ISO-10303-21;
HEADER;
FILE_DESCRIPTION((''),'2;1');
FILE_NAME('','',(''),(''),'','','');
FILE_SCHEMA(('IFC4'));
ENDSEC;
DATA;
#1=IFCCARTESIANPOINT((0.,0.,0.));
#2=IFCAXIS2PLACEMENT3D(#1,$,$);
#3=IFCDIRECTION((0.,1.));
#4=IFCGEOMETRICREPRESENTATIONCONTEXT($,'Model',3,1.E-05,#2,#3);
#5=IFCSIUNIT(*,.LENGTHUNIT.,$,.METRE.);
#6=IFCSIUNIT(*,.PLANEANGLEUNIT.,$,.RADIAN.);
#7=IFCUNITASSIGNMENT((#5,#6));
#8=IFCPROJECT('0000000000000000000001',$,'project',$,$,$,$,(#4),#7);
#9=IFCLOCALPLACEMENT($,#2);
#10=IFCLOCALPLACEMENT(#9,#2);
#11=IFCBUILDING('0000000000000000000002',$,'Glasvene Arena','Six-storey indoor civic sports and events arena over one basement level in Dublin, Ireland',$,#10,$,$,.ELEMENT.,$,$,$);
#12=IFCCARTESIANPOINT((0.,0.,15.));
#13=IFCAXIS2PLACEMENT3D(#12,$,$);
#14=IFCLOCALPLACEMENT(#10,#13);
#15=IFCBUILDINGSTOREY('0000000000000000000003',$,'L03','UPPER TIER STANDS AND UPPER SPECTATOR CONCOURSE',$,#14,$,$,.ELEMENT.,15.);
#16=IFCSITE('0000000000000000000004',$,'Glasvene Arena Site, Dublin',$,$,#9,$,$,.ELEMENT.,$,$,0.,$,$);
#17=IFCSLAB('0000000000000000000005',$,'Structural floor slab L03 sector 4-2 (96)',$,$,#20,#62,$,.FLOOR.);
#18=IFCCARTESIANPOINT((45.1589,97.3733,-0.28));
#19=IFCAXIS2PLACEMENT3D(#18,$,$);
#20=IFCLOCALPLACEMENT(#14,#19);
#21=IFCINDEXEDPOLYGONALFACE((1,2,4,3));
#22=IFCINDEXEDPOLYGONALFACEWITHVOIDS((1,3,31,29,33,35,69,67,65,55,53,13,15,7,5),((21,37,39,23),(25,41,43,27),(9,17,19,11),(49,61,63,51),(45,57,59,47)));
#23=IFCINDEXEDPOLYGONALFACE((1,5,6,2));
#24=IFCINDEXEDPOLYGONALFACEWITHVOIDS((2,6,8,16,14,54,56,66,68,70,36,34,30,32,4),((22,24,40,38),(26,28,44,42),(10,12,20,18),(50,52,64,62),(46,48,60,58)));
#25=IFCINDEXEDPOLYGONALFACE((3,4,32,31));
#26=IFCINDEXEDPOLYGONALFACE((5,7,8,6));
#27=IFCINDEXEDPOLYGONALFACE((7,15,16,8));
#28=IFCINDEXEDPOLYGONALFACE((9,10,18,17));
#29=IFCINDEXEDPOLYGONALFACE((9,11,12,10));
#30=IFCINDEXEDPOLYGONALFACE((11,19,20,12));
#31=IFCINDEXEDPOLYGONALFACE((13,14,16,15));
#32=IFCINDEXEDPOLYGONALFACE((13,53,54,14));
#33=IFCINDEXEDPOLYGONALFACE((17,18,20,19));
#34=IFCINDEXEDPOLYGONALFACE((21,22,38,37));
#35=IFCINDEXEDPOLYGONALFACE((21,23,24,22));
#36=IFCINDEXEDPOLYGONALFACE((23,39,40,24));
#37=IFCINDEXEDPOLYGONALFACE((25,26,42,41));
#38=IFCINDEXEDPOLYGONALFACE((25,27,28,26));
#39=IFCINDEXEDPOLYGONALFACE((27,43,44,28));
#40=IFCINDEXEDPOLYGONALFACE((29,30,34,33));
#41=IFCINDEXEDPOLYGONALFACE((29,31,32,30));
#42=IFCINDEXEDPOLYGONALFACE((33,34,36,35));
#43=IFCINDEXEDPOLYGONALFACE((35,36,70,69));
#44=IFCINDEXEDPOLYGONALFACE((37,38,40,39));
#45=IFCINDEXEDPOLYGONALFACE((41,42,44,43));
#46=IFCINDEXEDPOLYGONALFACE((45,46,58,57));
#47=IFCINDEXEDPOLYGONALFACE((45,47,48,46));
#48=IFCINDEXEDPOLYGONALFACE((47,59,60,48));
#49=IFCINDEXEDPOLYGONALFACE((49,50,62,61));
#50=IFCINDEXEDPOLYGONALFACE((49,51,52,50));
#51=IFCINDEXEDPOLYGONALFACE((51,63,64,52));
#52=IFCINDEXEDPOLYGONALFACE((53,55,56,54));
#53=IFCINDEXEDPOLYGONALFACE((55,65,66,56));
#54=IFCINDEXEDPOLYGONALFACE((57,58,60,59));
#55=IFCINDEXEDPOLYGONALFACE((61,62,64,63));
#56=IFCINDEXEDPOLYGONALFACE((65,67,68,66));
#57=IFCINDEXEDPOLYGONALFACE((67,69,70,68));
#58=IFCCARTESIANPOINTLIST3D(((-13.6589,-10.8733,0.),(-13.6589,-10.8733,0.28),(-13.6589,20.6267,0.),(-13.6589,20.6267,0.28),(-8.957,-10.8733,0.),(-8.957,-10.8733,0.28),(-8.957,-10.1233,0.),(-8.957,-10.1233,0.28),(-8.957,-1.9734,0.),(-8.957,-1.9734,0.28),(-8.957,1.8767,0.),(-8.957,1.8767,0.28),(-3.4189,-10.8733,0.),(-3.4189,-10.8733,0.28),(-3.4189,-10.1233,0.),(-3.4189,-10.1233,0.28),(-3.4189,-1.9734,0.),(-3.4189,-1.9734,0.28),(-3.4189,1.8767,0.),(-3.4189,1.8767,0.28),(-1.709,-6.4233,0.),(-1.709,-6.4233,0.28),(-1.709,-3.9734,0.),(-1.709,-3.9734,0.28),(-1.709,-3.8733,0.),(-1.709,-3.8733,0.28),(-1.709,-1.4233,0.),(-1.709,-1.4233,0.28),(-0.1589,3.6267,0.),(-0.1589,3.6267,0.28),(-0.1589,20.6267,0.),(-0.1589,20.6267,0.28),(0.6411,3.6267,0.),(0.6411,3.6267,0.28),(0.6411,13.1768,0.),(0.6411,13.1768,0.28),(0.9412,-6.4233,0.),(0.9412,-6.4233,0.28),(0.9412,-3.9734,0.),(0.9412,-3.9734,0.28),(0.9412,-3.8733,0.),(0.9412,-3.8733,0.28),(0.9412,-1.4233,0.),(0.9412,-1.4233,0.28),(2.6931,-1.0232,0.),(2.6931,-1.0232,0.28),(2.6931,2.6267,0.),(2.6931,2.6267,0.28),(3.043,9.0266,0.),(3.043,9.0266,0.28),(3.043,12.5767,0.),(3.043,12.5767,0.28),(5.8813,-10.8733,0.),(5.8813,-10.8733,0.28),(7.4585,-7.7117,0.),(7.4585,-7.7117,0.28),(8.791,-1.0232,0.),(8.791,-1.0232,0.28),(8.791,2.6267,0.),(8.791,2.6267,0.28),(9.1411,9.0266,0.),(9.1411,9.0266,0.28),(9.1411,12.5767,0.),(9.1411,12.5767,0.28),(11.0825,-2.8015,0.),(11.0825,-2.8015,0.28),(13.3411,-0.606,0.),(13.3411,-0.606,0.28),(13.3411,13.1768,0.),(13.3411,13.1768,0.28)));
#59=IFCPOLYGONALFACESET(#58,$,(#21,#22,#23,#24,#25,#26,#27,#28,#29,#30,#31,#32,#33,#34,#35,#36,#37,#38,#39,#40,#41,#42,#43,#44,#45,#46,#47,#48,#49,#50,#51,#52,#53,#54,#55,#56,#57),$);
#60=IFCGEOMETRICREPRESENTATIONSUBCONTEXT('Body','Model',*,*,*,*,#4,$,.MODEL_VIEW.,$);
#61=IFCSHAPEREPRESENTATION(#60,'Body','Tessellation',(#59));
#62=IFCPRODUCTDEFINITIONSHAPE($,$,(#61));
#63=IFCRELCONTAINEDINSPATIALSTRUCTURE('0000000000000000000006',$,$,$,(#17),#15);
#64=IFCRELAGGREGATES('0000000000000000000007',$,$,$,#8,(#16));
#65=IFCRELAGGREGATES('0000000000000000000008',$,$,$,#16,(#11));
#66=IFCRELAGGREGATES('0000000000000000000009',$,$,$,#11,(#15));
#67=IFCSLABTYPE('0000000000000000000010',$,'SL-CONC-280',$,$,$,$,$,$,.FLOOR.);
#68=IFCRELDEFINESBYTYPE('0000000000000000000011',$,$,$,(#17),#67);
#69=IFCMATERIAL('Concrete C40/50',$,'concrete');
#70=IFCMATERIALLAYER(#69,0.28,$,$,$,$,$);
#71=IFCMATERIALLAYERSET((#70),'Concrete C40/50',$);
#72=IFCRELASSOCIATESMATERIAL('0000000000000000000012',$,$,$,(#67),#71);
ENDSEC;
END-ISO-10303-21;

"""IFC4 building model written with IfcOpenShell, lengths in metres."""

from ifc_helpers import new_model, si_unit, direction, frame, origin, place, context, subcontext, project, spatial, polyline, outline, extrude, material, layer, layer_set, type_object, element, save


model = new_model("IFC4")

# Units and contexts
model_context = context("Model", 3, precision=1e-05, world=origin(), true_north=direction((0.0, 1.0)))
body_context = subcontext(model_context, "Body", "Model", "MODEL_VIEW")
ifc_project = project(units=[si_unit("LENGTHUNIT", "METRE"), si_unit("PLANEANGLEUNIT", "RADIAN")], contexts=[model_context])

# Site, building, storey
site_placement = place(None, origin())
site = spatial("IfcSite", under=ifc_project, at=site_placement, Name="Glasvene Arena Site, Dublin", CompositionType="ELEMENT", RefElevation=0.0)
building_placement = place(site_placement, origin())
building = spatial("IfcBuilding", under=site, at=building_placement, Name="Glasvene Arena", Description="Six-storey indoor civic sports and events arena over one basement level in Dublin, Ireland", CompositionType="ELEMENT")
storey_placement = place(building_placement, frame((0.0, 0.0, 15.0)))
storey = spatial("IfcBuildingStorey", under=building, at=storey_placement, Name="L03", Description="UPPER TIER STANDS AND UPPER SPECTATOR CONCOURSE", CompositionType="ELEMENT", Elevation=15.0)

# Slab
ifc_material_1 = material(Name="Concrete C40/50", Category="concrete")
ifc_layer_1 = layer(ifc_material_1, 0.28)
ifc_layer_set_1 = layer_set([ifc_layer_1], Name="Concrete C40/50")
slab_type = type_object("IfcSlabType", Name="SL-CONC-280", PredefinedType="FLOOR", material=ifc_layer_set_1)
slab_placement = place(storey_placement, frame((45.1589, 97.3733, -0.28)))
element("IfcSlab", 1, at=slab_placement, inside=storey, type_object=slab_type, Name="Structural floor slab L03 sector 4-2 (96)", PredefinedType="FLOOR", context=body_context, shape_type="SweptSolid", body=[
    extrude(outline(polyline([(-0.1589, 3.6267), (0.6411, 3.6267), (0.6411, 13.1768), (13.3411, 13.1768), (13.3411, -0.606), (11.0825, -2.8015), (7.4585, -7.7117), (5.8813, -10.8733), (-3.4189, -10.8733), (-3.4189, -10.1233), (-8.957, -10.1233), (-8.957, -10.8733), (-13.6589, -10.8733), (-13.6589, 20.6267), (-0.1589, 20.6267), (-0.1589, 3.6267)]), holes=[polyline([(0.9412, -6.4233), (0.9412, -3.9734), (-1.709, -3.9734), (-1.709, -6.4233), (0.9412, -6.4233)]), polyline([(0.9412, -3.8733), (0.9412, -1.4233), (-1.709, -1.4233), (-1.709, -3.8733), (0.9412, -3.8733)]), polyline([(-3.4189, -1.9734), (-3.4189, 1.8767), (-8.957, 1.8767), (-8.957, -1.9734), (-3.4189, -1.9734)]), polyline([(8.791, -1.0232), (8.791, 2.6267), (2.6931, 2.6267), (2.6931, -1.0232), (8.791, -1.0232)]), polyline([(9.1411, 9.0266), (9.1411, 12.5767), (3.043, 12.5767), (3.043, 9.0266), (9.1411, 9.0266)])]), origin(), (0.0, 0.0, 1.0), 0.28),
])

save(model, "model.ifc")
